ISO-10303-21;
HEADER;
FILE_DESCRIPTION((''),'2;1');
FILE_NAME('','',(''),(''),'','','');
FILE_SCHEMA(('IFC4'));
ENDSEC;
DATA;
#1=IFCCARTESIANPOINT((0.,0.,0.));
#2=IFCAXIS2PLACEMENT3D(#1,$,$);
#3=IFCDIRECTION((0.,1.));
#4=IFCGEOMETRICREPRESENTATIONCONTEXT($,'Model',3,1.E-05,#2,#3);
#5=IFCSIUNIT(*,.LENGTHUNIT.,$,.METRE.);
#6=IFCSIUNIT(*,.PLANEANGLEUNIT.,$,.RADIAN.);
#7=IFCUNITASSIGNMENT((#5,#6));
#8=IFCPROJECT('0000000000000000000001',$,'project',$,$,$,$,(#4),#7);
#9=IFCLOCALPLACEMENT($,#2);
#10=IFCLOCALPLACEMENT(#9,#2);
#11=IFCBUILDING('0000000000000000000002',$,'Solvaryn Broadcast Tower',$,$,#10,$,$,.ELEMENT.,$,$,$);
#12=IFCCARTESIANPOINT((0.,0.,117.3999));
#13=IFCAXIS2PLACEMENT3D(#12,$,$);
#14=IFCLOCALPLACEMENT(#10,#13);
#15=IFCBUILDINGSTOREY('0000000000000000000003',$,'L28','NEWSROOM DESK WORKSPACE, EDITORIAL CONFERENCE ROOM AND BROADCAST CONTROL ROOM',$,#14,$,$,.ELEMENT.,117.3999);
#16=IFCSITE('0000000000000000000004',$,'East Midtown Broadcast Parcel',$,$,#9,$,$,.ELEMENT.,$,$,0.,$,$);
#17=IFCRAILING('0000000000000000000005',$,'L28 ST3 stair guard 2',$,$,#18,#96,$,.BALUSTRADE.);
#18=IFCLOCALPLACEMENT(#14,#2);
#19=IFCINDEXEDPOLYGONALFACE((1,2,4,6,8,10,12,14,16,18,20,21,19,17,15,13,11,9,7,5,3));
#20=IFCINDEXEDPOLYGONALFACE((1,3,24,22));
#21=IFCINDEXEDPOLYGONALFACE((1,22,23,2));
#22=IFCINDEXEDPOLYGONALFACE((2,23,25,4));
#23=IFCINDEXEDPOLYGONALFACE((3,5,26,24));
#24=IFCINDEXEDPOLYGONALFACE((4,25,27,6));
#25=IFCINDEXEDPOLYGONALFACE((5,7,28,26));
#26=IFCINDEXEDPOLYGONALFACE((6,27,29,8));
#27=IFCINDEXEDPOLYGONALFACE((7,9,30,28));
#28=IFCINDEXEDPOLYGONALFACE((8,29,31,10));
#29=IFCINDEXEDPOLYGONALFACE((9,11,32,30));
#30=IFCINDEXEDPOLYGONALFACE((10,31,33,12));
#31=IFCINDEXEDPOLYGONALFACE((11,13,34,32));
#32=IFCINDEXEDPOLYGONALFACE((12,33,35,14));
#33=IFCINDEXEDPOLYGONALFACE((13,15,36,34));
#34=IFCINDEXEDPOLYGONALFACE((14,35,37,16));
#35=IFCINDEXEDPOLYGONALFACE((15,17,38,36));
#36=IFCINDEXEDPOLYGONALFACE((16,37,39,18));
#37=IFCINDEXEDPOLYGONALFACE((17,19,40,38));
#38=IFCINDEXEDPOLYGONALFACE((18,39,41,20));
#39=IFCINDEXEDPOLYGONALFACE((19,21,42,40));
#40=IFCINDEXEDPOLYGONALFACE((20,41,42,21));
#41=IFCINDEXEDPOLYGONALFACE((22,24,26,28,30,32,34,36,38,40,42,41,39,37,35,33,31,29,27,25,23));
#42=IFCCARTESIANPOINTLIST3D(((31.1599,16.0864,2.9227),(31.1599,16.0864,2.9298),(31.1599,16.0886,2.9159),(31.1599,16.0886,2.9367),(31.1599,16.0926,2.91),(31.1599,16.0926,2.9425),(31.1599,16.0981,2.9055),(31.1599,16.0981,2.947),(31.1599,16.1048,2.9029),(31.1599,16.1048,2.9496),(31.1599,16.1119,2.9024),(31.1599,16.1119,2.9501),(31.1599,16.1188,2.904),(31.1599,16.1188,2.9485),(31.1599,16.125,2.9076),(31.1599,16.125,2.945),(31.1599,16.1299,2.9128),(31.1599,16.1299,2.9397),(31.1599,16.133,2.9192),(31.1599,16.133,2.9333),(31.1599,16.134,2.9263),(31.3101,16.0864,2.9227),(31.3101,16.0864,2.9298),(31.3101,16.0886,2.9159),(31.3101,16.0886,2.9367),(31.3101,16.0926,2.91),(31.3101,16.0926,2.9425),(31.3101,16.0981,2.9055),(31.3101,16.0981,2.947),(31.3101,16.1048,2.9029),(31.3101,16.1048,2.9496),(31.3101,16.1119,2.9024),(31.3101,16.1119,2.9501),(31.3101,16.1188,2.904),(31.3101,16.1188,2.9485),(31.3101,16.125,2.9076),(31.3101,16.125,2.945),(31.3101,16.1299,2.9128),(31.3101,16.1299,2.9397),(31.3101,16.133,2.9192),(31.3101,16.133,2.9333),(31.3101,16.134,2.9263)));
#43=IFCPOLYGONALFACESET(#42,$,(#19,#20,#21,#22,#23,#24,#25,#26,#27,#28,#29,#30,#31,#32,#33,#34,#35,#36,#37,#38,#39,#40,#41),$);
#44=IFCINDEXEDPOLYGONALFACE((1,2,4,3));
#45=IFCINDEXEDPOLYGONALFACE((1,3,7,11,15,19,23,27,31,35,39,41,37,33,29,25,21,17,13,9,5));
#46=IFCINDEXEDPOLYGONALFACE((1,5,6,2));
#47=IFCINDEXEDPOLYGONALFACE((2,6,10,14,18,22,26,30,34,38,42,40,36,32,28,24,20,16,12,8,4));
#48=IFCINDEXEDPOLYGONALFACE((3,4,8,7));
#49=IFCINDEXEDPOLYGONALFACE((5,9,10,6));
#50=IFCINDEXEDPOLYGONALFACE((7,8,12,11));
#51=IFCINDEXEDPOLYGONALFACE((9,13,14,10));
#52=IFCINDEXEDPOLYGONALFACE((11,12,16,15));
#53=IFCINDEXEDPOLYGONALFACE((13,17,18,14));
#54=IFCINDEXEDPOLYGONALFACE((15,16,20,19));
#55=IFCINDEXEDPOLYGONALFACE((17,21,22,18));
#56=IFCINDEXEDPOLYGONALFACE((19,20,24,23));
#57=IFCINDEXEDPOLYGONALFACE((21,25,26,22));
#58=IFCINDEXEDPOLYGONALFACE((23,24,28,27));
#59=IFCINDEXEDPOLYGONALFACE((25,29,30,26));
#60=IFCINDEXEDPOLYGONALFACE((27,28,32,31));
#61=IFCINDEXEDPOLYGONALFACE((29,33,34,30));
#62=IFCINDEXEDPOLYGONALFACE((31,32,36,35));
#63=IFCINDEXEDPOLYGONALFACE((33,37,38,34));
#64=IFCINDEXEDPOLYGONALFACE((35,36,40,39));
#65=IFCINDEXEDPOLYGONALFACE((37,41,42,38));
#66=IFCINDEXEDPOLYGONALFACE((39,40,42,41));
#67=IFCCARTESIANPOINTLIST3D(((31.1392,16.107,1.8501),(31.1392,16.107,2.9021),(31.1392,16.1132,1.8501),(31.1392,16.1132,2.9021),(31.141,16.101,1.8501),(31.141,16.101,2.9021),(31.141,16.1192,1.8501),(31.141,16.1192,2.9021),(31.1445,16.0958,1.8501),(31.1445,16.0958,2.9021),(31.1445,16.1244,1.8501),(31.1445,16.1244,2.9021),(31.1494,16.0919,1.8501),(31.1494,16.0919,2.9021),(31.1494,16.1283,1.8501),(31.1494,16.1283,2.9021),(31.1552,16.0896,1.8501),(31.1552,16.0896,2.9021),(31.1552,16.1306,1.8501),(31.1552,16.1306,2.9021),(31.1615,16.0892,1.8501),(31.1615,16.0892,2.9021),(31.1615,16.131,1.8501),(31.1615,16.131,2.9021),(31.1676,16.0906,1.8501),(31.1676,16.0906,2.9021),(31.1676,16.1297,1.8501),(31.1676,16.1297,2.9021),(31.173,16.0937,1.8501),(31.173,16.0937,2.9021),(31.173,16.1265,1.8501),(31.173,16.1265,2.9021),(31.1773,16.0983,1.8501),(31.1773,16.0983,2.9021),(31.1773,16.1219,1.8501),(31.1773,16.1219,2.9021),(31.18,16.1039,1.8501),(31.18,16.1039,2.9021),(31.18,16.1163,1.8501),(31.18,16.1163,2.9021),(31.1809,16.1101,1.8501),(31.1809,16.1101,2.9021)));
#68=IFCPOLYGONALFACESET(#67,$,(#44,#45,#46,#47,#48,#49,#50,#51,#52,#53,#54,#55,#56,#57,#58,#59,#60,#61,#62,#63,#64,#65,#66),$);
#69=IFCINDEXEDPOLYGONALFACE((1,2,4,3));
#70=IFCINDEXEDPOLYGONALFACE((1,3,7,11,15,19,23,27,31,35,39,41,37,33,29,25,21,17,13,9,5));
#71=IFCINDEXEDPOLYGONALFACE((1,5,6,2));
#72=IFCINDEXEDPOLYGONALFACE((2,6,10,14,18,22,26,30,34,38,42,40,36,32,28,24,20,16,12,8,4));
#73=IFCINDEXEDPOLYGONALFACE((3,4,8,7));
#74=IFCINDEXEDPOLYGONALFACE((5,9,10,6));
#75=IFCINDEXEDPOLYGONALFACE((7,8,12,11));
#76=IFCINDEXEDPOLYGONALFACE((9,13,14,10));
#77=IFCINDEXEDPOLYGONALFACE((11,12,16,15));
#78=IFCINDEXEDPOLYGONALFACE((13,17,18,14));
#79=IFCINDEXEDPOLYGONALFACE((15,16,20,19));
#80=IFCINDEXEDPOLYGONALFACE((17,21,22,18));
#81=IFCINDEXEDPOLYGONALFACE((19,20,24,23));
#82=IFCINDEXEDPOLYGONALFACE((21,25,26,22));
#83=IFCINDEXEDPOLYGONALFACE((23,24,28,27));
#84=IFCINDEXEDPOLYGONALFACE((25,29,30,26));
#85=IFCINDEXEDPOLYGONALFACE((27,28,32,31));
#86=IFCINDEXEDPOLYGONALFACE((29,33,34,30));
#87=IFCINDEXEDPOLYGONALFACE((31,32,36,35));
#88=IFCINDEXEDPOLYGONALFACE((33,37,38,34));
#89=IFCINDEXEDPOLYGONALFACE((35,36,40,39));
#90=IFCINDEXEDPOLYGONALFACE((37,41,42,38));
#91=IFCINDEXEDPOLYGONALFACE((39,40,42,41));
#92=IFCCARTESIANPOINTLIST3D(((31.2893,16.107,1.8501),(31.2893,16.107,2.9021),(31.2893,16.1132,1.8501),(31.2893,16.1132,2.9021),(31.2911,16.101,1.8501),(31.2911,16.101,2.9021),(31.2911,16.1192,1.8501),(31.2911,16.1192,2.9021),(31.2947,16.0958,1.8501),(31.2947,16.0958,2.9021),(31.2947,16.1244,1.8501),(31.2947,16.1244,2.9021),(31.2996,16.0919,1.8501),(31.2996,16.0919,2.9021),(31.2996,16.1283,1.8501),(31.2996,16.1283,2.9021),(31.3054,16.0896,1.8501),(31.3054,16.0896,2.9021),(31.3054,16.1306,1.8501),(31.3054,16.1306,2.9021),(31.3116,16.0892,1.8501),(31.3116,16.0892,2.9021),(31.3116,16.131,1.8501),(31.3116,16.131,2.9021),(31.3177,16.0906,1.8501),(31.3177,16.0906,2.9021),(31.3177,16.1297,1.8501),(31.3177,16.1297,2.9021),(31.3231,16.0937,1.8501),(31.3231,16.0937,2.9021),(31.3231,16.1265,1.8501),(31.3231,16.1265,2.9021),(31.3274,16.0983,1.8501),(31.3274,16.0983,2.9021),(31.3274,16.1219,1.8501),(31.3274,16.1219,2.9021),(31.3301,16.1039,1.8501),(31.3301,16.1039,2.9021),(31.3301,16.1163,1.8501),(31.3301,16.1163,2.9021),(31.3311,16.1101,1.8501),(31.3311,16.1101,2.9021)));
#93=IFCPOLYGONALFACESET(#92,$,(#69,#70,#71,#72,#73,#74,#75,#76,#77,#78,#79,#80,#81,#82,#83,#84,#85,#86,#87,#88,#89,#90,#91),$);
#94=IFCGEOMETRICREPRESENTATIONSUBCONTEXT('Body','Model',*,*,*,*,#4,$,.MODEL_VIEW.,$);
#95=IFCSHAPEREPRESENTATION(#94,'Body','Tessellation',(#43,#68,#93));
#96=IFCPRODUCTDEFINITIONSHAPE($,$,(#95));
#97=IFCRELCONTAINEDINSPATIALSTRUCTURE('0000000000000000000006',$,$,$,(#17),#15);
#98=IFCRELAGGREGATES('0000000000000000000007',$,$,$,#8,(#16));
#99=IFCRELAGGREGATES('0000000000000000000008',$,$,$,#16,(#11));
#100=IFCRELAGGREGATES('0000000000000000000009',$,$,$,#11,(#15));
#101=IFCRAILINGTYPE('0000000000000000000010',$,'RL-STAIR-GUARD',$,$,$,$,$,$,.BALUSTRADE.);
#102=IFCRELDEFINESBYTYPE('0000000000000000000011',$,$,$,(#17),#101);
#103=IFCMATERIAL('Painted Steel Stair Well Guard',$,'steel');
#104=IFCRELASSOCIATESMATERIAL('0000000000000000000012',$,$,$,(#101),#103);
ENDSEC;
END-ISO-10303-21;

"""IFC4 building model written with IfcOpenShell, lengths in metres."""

from ifc_helpers import new_model, si_unit, direction, frame, origin, origin_2d, place, context, subcontext, project, spatial, circle, extrude, material, type_object, element, save


model = new_model("IFC4")

# Units and contexts
model_context = context("Model", 3, precision=1e-05, world=origin(), true_north=direction((0.0, 1.0)))
body_context = subcontext(model_context, "Body", "Model", "MODEL_VIEW")
ifc_project = project(units=[si_unit("LENGTHUNIT", "METRE"), si_unit("PLANEANGLEUNIT", "RADIAN")], contexts=[model_context])

# Site, building, storey
site_placement = place(None, origin())
site = spatial("IfcSite", under=ifc_project, at=site_placement, Name="East Midtown Broadcast Parcel", CompositionType="ELEMENT", RefElevation=0.0)
building_placement = place(site_placement, origin())
building = spatial("IfcBuilding", under=site, at=building_placement, Name="Solvaryn Broadcast Tower", CompositionType="ELEMENT")
storey_placement = place(building_placement, frame((0.0, 0.0, 117.3999)))
storey = spatial("IfcBuildingStorey", under=building, at=storey_placement, Name="L28", Description="NEWSROOM DESK WORKSPACE, EDITORIAL CONFERENCE ROOM AND BROADCAST CONTROL ROOM", CompositionType="ELEMENT", Elevation=117.3999)

# Railing
ifc_material_1 = material(Name="Painted Steel Stair Well Guard", Category="steel")
railing_type_1 = type_object("IfcRailingType", Name="RL-STAIR-GUARD", PredefinedType="BALUSTRADE", material=ifc_material_1)
railing_1_placement = place(storey_placement, frame((31.1599, 16.1101, 1.8501)))
element("IfcRailing", 1, at=railing_1_placement, inside=storey, type_object=railing_type_1, Name="L28 ST3 stair guard 2", PredefinedType="BALUSTRADE", context=body_context, shape_type="SweptSolid", body=[
    extrude(circle(Radius=0.0239, at=origin_2d()), frame((0.0, 0.0, 1.0762), z_axis=(1.0, 0.0, 0.0), x_axis=(0.0, 1.0, 0.0)), (0.0, 0.0, 1.0), 0.1501),
    extrude(circle(Radius=0.021, at=origin_2d()), origin(), (0.0, 0.0, 1.0), 1.052),
    extrude(circle(Radius=0.021, at=origin_2d()), frame((0.1501, 0.0, 0.0)), (0.0, 0.0, 1.0), 1.052),
])

save(model, "model.ifc")
